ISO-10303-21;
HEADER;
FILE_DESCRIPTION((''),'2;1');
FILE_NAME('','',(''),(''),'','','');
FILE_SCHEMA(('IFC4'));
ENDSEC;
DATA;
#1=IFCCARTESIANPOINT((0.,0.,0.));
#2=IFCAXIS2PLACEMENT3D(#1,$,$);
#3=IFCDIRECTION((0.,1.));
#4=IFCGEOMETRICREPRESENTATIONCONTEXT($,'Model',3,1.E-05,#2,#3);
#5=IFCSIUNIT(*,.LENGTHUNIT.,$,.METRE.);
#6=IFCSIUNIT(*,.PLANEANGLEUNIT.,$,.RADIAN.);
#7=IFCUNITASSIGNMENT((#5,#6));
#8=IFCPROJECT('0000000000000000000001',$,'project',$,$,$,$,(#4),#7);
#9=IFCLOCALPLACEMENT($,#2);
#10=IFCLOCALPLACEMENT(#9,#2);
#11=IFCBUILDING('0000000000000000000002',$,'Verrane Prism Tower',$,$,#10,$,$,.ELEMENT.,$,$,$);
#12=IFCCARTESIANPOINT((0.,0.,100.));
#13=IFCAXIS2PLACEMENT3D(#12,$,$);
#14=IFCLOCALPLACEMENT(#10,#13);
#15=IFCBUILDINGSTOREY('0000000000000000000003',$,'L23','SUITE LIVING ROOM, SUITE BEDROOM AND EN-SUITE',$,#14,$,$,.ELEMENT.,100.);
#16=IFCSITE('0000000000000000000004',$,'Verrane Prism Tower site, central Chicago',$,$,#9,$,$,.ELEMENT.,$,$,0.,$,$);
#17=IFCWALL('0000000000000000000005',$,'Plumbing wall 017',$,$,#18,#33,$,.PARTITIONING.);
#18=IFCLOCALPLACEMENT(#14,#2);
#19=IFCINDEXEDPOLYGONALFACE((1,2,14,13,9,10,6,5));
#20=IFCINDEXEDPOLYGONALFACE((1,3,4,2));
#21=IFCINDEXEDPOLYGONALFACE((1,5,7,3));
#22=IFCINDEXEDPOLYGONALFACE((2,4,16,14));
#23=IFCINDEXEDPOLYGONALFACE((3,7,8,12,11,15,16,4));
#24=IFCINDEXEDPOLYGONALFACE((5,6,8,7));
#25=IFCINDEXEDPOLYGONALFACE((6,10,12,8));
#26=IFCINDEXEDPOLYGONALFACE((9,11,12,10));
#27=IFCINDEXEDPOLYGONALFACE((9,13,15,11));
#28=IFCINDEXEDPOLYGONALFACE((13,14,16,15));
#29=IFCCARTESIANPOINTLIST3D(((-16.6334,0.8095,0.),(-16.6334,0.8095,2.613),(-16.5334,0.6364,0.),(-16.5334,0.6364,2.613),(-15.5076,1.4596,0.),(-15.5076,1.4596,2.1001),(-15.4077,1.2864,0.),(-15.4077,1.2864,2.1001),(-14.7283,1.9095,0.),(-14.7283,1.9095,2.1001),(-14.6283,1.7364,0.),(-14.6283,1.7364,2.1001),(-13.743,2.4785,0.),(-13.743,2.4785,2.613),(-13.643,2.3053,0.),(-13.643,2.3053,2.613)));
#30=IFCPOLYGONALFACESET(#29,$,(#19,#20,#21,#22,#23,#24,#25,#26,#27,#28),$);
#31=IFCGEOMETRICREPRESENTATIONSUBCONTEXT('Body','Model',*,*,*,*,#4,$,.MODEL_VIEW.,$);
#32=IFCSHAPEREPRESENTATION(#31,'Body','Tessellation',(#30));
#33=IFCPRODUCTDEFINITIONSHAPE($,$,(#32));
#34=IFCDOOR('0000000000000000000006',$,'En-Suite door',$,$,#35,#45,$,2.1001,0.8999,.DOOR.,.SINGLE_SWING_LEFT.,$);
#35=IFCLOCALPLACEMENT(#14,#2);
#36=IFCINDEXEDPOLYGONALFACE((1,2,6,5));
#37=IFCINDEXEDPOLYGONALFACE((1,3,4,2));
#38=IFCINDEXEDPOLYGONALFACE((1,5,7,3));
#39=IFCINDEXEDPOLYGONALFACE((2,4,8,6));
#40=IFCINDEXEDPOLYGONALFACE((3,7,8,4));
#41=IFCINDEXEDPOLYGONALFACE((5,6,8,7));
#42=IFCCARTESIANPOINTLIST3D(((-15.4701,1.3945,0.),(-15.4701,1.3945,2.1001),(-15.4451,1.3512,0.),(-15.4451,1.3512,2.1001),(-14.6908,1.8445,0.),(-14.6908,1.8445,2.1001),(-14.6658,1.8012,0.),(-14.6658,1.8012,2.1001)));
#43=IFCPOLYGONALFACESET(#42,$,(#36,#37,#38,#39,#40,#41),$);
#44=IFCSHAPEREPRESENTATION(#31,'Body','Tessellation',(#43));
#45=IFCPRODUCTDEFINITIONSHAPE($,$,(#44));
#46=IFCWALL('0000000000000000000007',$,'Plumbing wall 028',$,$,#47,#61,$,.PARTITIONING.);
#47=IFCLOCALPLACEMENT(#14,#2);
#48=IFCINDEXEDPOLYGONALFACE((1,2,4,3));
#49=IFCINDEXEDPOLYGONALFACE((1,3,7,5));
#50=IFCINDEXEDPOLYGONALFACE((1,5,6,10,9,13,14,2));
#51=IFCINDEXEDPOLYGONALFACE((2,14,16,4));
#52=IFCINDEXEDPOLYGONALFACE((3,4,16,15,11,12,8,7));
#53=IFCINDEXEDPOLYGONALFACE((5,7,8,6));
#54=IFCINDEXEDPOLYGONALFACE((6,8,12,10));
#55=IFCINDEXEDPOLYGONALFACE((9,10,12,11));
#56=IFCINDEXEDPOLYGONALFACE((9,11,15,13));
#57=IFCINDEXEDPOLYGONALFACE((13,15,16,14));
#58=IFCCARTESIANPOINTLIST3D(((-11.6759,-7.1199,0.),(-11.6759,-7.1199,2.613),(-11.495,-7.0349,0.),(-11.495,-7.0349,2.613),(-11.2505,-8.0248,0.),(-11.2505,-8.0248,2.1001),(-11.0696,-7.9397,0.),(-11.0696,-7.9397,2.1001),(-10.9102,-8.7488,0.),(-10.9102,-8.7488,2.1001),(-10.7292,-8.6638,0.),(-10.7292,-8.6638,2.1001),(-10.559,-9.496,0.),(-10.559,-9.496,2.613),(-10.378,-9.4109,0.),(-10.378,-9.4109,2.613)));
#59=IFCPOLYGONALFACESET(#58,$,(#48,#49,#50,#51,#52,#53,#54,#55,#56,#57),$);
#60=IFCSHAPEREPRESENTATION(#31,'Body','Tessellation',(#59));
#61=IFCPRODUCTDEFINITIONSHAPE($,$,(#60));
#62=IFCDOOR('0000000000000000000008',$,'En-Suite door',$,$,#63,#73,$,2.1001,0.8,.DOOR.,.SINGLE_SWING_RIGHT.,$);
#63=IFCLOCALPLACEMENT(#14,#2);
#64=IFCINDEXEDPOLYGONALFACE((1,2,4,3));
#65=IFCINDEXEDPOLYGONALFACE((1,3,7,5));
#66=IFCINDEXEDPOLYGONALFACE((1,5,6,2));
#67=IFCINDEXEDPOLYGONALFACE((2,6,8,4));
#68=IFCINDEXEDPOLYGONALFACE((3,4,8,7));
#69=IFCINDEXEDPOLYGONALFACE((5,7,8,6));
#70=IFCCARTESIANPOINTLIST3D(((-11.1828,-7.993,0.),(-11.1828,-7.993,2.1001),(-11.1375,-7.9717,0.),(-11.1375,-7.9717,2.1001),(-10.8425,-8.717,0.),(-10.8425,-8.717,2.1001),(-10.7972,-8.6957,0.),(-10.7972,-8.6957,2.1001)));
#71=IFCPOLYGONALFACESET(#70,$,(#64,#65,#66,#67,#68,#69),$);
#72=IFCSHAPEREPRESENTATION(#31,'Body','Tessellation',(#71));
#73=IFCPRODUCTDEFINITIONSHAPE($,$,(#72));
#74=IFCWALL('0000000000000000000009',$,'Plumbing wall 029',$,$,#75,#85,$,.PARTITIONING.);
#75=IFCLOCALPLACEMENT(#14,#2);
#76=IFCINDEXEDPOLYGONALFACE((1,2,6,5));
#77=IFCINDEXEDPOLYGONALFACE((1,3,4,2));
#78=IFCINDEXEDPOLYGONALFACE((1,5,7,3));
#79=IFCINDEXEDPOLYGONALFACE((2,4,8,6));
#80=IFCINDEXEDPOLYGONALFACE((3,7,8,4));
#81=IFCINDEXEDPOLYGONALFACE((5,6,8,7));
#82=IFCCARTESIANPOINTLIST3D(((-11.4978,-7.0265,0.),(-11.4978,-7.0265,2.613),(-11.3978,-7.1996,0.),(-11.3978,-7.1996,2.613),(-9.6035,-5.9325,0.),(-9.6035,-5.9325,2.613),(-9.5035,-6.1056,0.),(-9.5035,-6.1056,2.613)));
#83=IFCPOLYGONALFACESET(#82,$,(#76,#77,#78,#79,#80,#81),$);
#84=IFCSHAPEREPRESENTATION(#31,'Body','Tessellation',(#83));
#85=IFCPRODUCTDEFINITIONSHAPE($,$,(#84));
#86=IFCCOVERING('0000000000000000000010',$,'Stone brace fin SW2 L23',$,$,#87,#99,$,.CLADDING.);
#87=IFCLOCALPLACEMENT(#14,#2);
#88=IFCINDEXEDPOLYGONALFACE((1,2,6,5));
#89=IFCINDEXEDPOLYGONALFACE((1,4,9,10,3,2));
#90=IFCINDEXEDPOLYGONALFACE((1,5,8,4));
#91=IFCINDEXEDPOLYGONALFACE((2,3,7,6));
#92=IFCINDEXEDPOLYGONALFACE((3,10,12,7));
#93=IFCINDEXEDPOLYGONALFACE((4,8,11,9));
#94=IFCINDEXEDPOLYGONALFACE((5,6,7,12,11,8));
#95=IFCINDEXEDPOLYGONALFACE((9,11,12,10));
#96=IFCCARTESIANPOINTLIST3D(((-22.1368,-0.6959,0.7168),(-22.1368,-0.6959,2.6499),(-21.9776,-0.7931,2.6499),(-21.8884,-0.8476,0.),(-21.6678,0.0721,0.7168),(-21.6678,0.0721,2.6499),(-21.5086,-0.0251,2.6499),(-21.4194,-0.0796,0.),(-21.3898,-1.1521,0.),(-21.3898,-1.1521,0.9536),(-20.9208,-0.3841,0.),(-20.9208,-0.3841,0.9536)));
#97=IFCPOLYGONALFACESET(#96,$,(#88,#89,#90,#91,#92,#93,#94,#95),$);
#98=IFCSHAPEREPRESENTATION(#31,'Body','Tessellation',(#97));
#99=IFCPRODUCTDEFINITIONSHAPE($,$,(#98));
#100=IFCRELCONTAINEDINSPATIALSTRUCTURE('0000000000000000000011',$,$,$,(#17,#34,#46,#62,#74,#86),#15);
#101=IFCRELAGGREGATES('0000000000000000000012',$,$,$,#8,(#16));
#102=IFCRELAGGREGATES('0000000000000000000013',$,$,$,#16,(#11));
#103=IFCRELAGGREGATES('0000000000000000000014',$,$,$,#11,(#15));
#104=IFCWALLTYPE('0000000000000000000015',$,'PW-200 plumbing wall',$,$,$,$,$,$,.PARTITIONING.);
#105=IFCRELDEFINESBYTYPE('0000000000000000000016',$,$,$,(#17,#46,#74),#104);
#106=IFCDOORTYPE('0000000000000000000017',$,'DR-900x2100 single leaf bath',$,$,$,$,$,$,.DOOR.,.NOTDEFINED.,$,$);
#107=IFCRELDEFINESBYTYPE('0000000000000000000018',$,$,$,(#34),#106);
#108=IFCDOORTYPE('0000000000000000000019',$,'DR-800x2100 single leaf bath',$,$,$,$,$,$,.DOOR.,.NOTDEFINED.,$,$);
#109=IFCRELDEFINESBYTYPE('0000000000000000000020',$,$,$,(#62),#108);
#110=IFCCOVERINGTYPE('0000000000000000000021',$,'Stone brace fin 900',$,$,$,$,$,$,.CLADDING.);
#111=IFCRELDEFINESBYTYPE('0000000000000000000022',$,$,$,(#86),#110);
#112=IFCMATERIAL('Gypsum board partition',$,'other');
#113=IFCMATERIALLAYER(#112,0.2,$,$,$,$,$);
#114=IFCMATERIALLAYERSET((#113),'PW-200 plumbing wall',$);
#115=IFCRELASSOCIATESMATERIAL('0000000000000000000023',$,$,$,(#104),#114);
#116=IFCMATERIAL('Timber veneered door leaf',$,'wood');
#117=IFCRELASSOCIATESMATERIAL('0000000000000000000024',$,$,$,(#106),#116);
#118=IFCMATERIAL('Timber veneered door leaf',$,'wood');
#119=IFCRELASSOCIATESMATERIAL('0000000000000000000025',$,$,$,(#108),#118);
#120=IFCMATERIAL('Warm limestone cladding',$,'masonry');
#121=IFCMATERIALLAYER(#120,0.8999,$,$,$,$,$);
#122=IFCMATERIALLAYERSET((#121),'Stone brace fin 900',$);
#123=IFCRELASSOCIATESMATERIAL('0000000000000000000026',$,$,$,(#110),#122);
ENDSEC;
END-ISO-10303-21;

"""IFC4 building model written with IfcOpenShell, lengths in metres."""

from ifc_helpers import new_model, si_unit, direction, frame, frame_2d, origin, place, context, subcontext, project, spatial, polyline, rectangle, outline, extrude, material, layer, layer_set, type_object, element, fill, save


model = new_model("IFC4")

# Units and contexts
model_context = context("Model", 3, precision=1e-05, world=origin(), true_north=direction((0.0, 1.0)))
body_context = subcontext(model_context, "Body", "Model", "MODEL_VIEW")
ifc_project = project(units=[si_unit("LENGTHUNIT", "METRE"), si_unit("PLANEANGLEUNIT", "RADIAN")], contexts=[model_context])

# Site, building, storey
site_placement = place(None, origin())
site = spatial("IfcSite", under=ifc_project, at=site_placement, Name="Verrane Prism Tower site, central Chicago", CompositionType="ELEMENT", RefElevation=0.0)
building_placement = place(site_placement, origin())
building = spatial("IfcBuilding", under=site, at=building_placement, Name="Verrane Prism Tower", CompositionType="ELEMENT")
storey_placement = place(building_placement, frame((0.0, 0.0, 100.0)))
storey = spatial("IfcBuildingStorey", under=building, at=storey_placement, Name="L23", Description="SUITE LIVING ROOM, SUITE BEDROOM AND EN-SUITE", CompositionType="ELEMENT", Elevation=100.0)

# Shared definitions
ifc_material_1 = material(Name="Gypsum board partition", Category="other")
ifc_layer_1 = layer(ifc_material_1, 0.2)
ifc_layer_set_1 = layer_set([ifc_layer_1], Name="PW-200 plumbing wall")
wall_type_1 = type_object("IfcWallType", Name="PW-200 plumbing wall", PredefinedType="PARTITIONING", material=ifc_layer_set_1)

# Walls, openings, doors
wall_1_placement = place(storey_placement, frame((-16.5835, 0.7229, 0.0), z_axis=(0.0, 0.0, 1.0), x_axis=(0.866002, 0.500041, 0.0)))
wall_1 = element("IfcWall", 1, at=wall_1_placement, inside=storey, type_object=wall_type_1, Name="Plumbing wall 017", PredefinedType="PARTITIONING", context=body_context, shape_type="SweptSolid", body=[
    extrude(rectangle(XDim=3.3376, YDim=0.2, at=frame_2d((1.6689, 0.0))), origin(), (0.0, 0.0, 1.0), 2.613),
])
opening_1_placement = place(wall_1_placement, frame((1.3, 0.0, 0.0)))
opening_1 = element("IfcOpeningElement", 2, at=opening_1_placement, cuts=wall_1, PredefinedType="OPENING", context=body_context, shape_type="SweptSolid", body=[
    extrude(rectangle(XDim=0.8999, YDim=2.1001, at=frame_2d((0.45, 1.05))), frame((0.0, 0.1099, 0.0), z_axis=(0.0, -1.0, 0.0), x_axis=(1.0, 0.0, 0.0)), (0.0, 0.0, 1.0), 0.22),
])
ifc_material_2 = material(Name="Timber veneered door leaf", Category="wood")
door_type_1 = type_object("IfcDoorType", Name="DR-900x2100 single leaf bath", OperationType="NOTDEFINED", PredefinedType="DOOR", material=ifc_material_2)
door_1_placement = place(opening_1_placement, origin())
door_1 = element("IfcDoor", 3, at=door_1_placement, inside=storey, type_object=door_type_1, Name="En-Suite door", OperationType="SINGLE_SWING_LEFT", OverallHeight=2.1001, OverallWidth=0.8999, PredefinedType="DOOR", context=body_context, shape_type="SweptSolid", body=[
    extrude(rectangle(XDim=0.8999, YDim=2.1001, at=frame_2d((0.45, 1.05))), frame((0.0, 0.0249, 0.0), z_axis=(0.0, -1.0, 0.0), x_axis=(1.0, 0.0, 0.0)), (0.0, 0.0, 1.0), 0.05),
])
fill(opening_1, door_1)
wall_2_placement = place(storey_placement, frame((-11.5854, -7.0774, 0.0), z_axis=(0.0, 0.0, 1.0), x_axis=(0.425434, -0.904989, 0.0)))
wall_2 = element("IfcWall", 4, at=wall_2_placement, inside=storey, type_object=wall_type_1, Name="Plumbing wall 028", PredefinedType="PARTITIONING", context=body_context, shape_type="SweptSolid", body=[
    extrude(rectangle(XDim=2.6255, YDim=0.2, at=frame_2d((1.3127, 0.0))), origin(), (0.0, 0.0, 1.0), 2.613),
])
opening_2_placement = place(wall_2_placement, frame((1.0, 0.0, 0.0)))
opening_2 = element("IfcOpeningElement", 5, at=opening_2_placement, cuts=wall_2, PredefinedType="OPENING", context=body_context, shape_type="SweptSolid", body=[
    extrude(rectangle(XDim=0.8, YDim=2.1001, at=frame_2d((0.3999, 1.05))), frame((0.0, 0.1099, 0.0), z_axis=(0.0, -1.0, 0.0), x_axis=(1.0, 0.0, 0.0)), (0.0, 0.0, 1.0), 0.22),
])
ifc_material_3 = material(Name="Timber veneered door leaf", Category="wood")
door_type_2 = type_object("IfcDoorType", Name="DR-800x2100 single leaf bath", OperationType="NOTDEFINED", PredefinedType="DOOR", material=ifc_material_3)
door_2_placement = place(opening_2_placement, origin())
door_2 = element("IfcDoor", 6, at=door_2_placement, inside=storey, type_object=door_type_2, Name="En-Suite door", OperationType="SINGLE_SWING_RIGHT", OverallHeight=2.1001, OverallWidth=0.8, PredefinedType="DOOR", context=body_context, shape_type="SweptSolid", body=[
    extrude(rectangle(XDim=0.8, YDim=2.1001, at=frame_2d((0.3999, 1.05))), frame((0.0, 0.0249, 0.0), z_axis=(0.0, -1.0, 0.0), x_axis=(1.0, 0.0, 0.0)), (0.0, 0.0, 1.0), 0.05),
])
fill(opening_2, door_2)

# Wall
wall_3_placement = place(storey_placement, frame((-11.4478, -7.113, 0.0), z_axis=(0.0, 0.0, 1.0), x_axis=(0.865961, 0.500112, 0.0)))
element("IfcWall", 7, at=wall_3_placement, inside=storey, type_object=wall_type_1, Name="Plumbing wall 029", PredefinedType="PARTITIONING", context=body_context, shape_type="SweptSolid", body=[
    extrude(rectangle(XDim=2.1875, YDim=0.2, at=frame_2d((1.0938, 0.0))), origin(), (0.0, 0.0, 1.0), 2.613),
])

# Covering
ifc_material_4 = material(Name="Warm limestone cladding", Category="masonry")
ifc_layer_2 = layer(ifc_material_4, 0.8999)
ifc_layer_set_2 = layer_set([ifc_layer_2], Name="Stone brace fin 900")
covering_type = type_object("IfcCoveringType", Name="Stone brace fin 900", PredefinedType="CLADDING", material=ifc_layer_set_2)
covering_placement = place(storey_placement, frame((-21.1553, -0.7681, 0.0), z_axis=(0.0, 0.0, 1.0), x_axis=(-0.853454, 0.521168, 0.0)))
element("IfcCovering", 8, at=covering_placement, inside=storey, type_object=covering_type, Name="Stone brace fin SW2 L23", PredefinedType="CLADDING", context=body_context, shape_type="SweptSolid", body=[
    extrude(outline(polyline([(0.8752, 2.6499), (0.6887, 2.6499), (0.0, 0.9536), (0.0, 0.0), (0.5842, 0.0), (0.8752, 0.7168), (0.8752, 2.6499)])), frame((0.0, 0.45, 0.0), z_axis=(0.0, -1.0, 0.0), x_axis=(1.0, 0.0, 0.0)), (0.0, 0.0, 1.0), 0.8999),
])

save(model, "model.ifc")
